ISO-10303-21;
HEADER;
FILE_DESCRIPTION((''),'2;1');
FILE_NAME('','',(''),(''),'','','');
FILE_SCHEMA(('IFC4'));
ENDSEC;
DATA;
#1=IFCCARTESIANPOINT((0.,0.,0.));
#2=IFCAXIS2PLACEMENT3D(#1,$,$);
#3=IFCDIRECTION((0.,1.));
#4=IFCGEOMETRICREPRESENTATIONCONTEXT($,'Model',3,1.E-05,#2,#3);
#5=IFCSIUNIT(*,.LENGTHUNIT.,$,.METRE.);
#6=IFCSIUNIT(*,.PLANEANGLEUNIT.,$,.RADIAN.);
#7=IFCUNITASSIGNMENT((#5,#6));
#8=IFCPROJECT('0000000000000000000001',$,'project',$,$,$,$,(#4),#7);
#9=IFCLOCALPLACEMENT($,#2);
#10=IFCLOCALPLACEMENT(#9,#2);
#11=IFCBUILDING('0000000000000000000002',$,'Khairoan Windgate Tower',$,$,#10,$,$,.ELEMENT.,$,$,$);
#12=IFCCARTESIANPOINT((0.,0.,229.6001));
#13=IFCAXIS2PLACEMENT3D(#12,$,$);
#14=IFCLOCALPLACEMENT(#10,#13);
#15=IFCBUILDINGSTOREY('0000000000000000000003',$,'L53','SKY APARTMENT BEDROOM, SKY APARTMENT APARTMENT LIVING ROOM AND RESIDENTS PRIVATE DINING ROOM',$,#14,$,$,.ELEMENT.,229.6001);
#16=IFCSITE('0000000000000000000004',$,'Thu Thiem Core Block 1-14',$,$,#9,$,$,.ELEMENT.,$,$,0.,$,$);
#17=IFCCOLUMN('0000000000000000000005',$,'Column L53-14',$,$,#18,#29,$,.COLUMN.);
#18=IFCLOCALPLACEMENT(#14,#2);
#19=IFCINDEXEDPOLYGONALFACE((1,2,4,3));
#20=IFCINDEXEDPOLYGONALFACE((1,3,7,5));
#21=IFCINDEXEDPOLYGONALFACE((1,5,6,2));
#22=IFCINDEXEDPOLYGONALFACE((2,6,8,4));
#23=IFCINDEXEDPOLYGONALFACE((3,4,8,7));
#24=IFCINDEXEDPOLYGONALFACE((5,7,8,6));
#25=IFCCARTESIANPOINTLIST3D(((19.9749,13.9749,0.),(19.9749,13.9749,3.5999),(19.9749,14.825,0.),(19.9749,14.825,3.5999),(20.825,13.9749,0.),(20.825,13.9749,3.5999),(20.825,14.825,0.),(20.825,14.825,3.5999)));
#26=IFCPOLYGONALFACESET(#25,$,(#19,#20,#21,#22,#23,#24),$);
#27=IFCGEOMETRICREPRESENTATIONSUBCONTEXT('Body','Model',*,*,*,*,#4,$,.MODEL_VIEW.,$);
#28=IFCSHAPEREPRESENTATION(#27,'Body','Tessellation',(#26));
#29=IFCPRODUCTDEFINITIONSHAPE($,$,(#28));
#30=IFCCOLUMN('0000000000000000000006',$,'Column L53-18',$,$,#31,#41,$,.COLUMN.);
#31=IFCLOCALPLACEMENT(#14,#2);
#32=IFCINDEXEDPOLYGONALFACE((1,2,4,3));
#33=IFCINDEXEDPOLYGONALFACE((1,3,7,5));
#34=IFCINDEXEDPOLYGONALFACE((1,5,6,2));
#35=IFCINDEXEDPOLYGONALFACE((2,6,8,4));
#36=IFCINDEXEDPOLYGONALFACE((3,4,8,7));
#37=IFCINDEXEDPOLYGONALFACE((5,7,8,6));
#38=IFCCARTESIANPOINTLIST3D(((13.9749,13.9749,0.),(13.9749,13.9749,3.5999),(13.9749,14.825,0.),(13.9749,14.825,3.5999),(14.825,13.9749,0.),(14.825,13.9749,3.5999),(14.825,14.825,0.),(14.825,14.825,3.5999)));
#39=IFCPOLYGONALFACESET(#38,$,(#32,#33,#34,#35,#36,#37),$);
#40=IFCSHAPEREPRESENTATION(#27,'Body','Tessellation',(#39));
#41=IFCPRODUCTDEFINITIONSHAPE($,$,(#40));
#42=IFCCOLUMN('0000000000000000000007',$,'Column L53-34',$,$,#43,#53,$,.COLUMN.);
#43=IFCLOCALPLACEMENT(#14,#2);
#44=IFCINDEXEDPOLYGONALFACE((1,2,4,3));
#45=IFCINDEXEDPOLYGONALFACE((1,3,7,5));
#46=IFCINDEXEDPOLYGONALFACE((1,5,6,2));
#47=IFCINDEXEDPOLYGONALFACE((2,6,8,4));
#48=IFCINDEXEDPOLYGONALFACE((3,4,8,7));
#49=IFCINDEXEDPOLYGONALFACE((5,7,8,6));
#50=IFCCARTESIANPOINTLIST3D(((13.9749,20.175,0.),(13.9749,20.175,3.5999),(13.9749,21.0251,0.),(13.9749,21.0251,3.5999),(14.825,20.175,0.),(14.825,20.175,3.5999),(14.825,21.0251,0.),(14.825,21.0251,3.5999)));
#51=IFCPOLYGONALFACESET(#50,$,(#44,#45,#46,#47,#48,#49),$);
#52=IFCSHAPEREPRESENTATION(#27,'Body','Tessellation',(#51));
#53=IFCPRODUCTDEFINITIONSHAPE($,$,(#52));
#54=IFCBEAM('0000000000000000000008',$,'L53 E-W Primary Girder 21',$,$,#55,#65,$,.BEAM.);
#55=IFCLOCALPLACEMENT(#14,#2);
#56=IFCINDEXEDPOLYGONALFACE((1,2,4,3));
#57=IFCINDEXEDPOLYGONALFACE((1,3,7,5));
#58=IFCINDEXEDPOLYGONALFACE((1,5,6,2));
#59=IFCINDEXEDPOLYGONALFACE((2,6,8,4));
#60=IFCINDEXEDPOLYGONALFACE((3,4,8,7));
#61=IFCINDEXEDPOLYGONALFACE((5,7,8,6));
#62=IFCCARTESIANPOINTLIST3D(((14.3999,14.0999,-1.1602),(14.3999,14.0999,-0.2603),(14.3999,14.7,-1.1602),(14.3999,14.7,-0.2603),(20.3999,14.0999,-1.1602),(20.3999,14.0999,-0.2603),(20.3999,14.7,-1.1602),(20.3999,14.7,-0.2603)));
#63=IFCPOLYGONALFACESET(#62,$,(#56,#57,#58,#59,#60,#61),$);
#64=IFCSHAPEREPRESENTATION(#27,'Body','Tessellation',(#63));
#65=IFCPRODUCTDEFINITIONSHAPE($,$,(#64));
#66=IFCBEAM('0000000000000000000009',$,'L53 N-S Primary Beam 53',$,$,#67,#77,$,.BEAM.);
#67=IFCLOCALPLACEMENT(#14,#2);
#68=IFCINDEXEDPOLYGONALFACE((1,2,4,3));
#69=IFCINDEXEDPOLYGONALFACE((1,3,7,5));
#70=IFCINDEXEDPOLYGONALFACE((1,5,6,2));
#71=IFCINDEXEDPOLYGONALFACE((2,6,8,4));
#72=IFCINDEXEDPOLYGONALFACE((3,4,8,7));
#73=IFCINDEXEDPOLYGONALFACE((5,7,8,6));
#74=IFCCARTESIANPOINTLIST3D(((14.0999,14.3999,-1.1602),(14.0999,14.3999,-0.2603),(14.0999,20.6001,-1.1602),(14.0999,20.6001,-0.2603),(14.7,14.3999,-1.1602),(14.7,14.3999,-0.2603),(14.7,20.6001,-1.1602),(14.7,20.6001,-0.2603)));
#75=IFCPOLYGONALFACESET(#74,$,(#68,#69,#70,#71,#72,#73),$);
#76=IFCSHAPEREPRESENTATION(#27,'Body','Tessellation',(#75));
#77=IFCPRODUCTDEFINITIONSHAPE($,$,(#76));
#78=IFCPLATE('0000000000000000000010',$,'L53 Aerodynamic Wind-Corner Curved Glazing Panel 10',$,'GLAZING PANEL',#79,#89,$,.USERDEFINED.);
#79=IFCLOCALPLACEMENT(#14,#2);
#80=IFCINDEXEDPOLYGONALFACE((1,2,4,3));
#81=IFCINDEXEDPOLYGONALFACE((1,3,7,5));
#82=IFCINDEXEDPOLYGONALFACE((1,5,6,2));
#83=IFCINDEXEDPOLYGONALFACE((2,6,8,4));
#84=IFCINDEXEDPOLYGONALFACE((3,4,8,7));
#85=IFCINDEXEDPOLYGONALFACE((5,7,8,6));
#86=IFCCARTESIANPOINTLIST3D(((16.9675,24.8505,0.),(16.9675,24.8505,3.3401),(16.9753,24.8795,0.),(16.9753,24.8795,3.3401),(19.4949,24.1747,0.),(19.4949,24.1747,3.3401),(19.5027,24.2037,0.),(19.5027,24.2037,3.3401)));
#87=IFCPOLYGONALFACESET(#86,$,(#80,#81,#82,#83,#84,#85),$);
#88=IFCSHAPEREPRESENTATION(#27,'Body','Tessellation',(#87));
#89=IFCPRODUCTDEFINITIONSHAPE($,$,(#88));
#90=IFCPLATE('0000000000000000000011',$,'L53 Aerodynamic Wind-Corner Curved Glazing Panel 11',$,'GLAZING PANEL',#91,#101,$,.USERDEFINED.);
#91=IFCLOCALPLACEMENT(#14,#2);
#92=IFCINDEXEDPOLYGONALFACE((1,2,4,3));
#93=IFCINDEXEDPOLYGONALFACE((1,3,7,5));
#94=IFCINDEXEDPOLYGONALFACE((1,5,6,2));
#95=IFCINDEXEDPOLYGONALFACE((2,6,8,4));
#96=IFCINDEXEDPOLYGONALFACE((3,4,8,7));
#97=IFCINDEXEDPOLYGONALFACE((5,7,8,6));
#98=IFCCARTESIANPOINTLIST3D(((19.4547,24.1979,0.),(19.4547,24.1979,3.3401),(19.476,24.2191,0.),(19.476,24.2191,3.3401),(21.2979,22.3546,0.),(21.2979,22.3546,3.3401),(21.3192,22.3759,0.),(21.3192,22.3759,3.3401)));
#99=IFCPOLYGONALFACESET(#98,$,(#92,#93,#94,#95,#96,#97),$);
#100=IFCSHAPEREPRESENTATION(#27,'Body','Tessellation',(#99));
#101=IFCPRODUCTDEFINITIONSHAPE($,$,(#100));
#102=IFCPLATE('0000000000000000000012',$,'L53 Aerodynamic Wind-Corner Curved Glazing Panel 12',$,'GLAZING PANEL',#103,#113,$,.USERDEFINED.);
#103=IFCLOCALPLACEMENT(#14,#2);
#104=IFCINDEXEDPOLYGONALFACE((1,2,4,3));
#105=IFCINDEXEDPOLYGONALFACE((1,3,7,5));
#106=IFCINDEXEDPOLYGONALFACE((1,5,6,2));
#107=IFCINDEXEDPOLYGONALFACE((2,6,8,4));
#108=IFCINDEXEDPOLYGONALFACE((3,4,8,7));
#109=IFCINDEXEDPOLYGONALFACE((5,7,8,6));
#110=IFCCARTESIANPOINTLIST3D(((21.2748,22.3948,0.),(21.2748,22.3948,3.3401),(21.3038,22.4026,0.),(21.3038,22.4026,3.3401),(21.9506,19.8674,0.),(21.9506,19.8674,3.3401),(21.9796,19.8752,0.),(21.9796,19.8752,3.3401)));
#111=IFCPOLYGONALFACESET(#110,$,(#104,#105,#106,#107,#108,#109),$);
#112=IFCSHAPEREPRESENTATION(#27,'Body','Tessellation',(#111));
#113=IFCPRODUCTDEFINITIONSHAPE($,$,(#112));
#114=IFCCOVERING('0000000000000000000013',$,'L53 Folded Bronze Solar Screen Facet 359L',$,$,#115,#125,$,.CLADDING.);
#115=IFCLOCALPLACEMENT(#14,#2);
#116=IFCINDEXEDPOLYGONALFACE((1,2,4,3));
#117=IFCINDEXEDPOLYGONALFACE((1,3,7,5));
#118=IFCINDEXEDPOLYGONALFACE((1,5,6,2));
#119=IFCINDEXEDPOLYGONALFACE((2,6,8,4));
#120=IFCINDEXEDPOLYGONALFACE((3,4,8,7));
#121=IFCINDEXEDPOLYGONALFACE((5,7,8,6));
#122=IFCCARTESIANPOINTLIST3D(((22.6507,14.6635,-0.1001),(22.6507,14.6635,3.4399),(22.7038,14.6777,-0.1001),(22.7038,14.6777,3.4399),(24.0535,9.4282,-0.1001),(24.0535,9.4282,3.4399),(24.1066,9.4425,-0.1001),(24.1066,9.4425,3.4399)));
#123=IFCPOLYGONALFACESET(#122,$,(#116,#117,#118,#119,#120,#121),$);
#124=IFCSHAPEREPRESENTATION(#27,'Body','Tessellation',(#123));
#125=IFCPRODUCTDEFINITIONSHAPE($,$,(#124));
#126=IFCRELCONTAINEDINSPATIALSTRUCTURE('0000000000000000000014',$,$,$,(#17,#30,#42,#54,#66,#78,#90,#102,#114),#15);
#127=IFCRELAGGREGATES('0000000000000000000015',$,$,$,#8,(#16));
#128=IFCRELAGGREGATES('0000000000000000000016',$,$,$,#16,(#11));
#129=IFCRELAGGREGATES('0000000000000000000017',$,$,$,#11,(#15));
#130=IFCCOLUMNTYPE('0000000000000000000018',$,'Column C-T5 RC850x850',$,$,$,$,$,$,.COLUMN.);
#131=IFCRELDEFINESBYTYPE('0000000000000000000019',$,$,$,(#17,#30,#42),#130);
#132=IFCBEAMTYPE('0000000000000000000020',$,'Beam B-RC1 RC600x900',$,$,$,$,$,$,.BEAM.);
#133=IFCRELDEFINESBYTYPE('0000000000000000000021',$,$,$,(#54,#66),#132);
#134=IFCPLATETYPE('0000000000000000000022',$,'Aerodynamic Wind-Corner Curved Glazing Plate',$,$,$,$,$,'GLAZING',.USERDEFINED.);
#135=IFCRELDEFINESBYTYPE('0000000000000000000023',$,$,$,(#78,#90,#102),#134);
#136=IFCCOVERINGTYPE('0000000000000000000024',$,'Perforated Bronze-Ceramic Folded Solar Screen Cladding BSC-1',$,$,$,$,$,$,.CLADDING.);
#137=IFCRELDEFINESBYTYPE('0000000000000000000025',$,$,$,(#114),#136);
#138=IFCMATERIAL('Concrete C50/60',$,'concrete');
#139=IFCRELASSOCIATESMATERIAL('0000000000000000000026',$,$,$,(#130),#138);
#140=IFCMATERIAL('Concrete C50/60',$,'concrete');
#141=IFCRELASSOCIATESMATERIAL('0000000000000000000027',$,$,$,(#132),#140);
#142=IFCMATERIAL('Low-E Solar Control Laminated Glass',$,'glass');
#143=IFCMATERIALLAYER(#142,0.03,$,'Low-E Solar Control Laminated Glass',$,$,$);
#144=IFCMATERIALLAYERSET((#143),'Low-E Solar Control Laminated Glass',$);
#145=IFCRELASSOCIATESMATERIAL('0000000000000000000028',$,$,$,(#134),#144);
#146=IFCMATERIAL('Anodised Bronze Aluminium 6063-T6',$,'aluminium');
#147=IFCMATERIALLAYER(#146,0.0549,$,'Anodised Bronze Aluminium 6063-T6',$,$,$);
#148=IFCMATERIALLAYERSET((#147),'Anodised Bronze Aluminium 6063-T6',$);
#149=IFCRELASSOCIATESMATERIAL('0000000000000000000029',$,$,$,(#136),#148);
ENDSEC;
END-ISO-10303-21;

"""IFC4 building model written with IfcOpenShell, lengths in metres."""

from ifc_helpers import new_model, si_unit, direction, frame, origin, origin_2d, place, context, subcontext, project, spatial, rectangle, extrude, material, layer, layer_set, material_profile, profile_set, type_object, element, save


model = new_model("IFC4")

# Units and contexts
model_context = context("Model", 3, precision=1e-05, world=origin(), true_north=direction((0.0, 1.0)))
body_context = subcontext(model_context, "Body", "Model", "MODEL_VIEW")
ifc_project = project(units=[si_unit("LENGTHUNIT", "METRE"), si_unit("PLANEANGLEUNIT", "RADIAN")], contexts=[model_context])

# Site, building, storey
site_placement = place(None, origin())
site = spatial("IfcSite", under=ifc_project, at=site_placement, Name="Thu Thiem Core Block 1-14", CompositionType="ELEMENT", RefElevation=0.0)
building_placement = place(site_placement, origin())
building = spatial("IfcBuilding", under=site, at=building_placement, Name="Khairoan Windgate Tower", CompositionType="ELEMENT")
storey_placement = place(building_placement, frame((0.0, 0.0, 229.6001)))
storey = spatial("IfcBuildingStorey", under=building, at=storey_placement, Name="L53", Description="SKY APARTMENT BEDROOM, SKY APARTMENT APARTMENT LIVING ROOM AND RESIDENTS PRIVATE DINING ROOM", CompositionType="ELEMENT", Elevation=229.6001)

# Columns
ifc_material_1 = material(Name="Concrete C50/60", Category="concrete")
ifc_material_profile_1 = material_profile(ifc_material_1, rectangle(XDim=0.8501, YDim=0.8501, at=origin_2d()))
ifc_profile_set_1 = profile_set([ifc_material_profile_1], Name="Concrete C50/60")
column_type = type_object("IfcColumnType", Name="Column C-T5 RC850x850", PredefinedType="COLUMN", material=ifc_profile_set_1)
for number, where, z_axis, x_axis, name in (
    (1, (20.3999, 14.3999, 0.0), (0.0, 0.0, 1.0), (1.0, 0.0, 0.0), "Column L53-14"),
    (2, (14.3999, 14.3999, 0.0), (0.0, 0.0, 1.0), (1.0, 0.0, 0.0), "Column L53-18"),
    (3, (14.3999, 20.6001, 0.0), (0.0, 0.0, 1.0), (1.0, 0.0, 0.0), "Column L53-34"),
):
    element("IfcColumn", number, at=place(storey_placement, frame(where, z_axis=z_axis, x_axis=x_axis)), inside=storey, type_object=column_type, Name=name, PredefinedType="COLUMN", context=body_context, shape_type="SweptSolid", body=[
        extrude(rectangle(XDim=0.8501, YDim=0.8501, at=origin_2d()), origin(), (0.0, 0.0, 1.0), 3.5999),
    ])

# Beams
ifc_material_2 = material(Name="Concrete C50/60", Category="concrete")
ifc_material_profile_2 = material_profile(ifc_material_2, rectangle(XDim=0.6001, YDim=0.8999, at=origin_2d()))
ifc_profile_set_2 = profile_set([ifc_material_profile_2], Name="Concrete C50/60")
beam_type = type_object("IfcBeamType", Name="Beam B-RC1 RC600x900", PredefinedType="BEAM", material=ifc_profile_set_2)
beam_1_placement = place(storey_placement, frame((14.3999, 14.3999, -0.7102), z_axis=(1.0, 0.0, 0.0), x_axis=(0.0, 1.0, 0.0)))
element("IfcBeam", 4, at=beam_1_placement, inside=storey, type_object=beam_type, Name="L53 E-W Primary Girder 21", PredefinedType="BEAM", context=body_context, shape_type="SweptSolid", body=[
    extrude(rectangle(XDim=0.6001, YDim=0.8999, at=origin_2d()), origin(), (0.0, 0.0, 1.0), 6.0),
])
beam_2_placement = place(storey_placement, frame((14.3999, 14.3999, -0.7102), z_axis=(0.0, 1.0, 0.0), x_axis=(-1.0, 0.0, 0.0)))
element("IfcBeam", 5, at=beam_2_placement, inside=storey, type_object=beam_type, Name="L53 N-S Primary Beam 53", PredefinedType="BEAM", context=body_context, shape_type="SweptSolid", body=[
    extrude(rectangle(XDim=0.6001, YDim=0.8999, at=origin_2d()), origin(), (0.0, 0.0, 1.0), 6.2002),
])

# Plates
ifc_material_3 = material(Name="Low-E Solar Control Laminated Glass", Category="glass")
ifc_layer_1 = layer(ifc_material_3, 0.03, Name="Low-E Solar Control Laminated Glass")
ifc_layer_set_1 = layer_set([ifc_layer_1], Name="Low-E Solar Control Laminated Glass")
plate_type_1 = type_object("IfcPlateType", Name="Aerodynamic Wind-Corner Curved Glazing Plate", ElementType="GLAZING", PredefinedType="USERDEFINED", material=ifc_layer_set_1)
plate_1_placement = place(storey_placement, frame((18.2351, 24.5271, 0.0), z_axis=(0.0, 0.0, 1.0), x_axis=(0.966061, -0.258313, 0.0)))
element("IfcPlate", 6, at=plate_1_placement, inside=storey, type_object=plate_type_1, Name="L53 Aerodynamic Wind-Corner Curved Glazing Panel 10", ObjectType="GLAZING PANEL", PredefinedType="USERDEFINED", context=body_context, shape_type="SweptSolid", body=[
    extrude(rectangle(XDim=2.6162, YDim=0.03, at=origin_2d()), origin(), (0.0, 0.0, 1.0), 3.3401),
])
plate_2_placement = place(storey_placement, frame((20.387, 23.2869, 0.0), z_axis=(0.0, 0.0, 1.0), x_axis=(0.707107, -0.707107, 0.0)))
element("IfcPlate", 7, at=plate_2_placement, inside=storey, type_object=plate_type_1, Name="L53 Aerodynamic Wind-Corner Curved Glazing Panel 11", ObjectType="GLAZING PANEL", PredefinedType="USERDEFINED", context=body_context, shape_type="SweptSolid", body=[
    extrude(rectangle(XDim=2.6067, YDim=0.03, at=origin_2d()), origin(), (0.0, 0.0, 1.0), 3.3401),
])
plate_3_placement = place(storey_placement, frame((21.6272, 21.135, 0.0), z_axis=(0.0, 0.0, 1.0), x_axis=(0.258313, -0.966061, 0.0)))
element("IfcPlate", 8, at=plate_3_placement, inside=storey, type_object=plate_type_1, Name="L53 Aerodynamic Wind-Corner Curved Glazing Panel 12", ObjectType="GLAZING PANEL", PredefinedType="USERDEFINED", context=body_context, shape_type="SweptSolid", body=[
    extrude(rectangle(XDim=2.6162, YDim=0.03, at=origin_2d()), origin(), (0.0, 0.0, 1.0), 3.3401),
])

# Covering
ifc_material_4 = material(Name="Anodised Bronze Aluminium 6063-T6", Category="aluminium")
ifc_layer_2 = layer(ifc_material_4, 0.0549, Name="Anodised Bronze Aluminium 6063-T6")
ifc_layer_set_2 = layer_set([ifc_layer_2], Name="Anodised Bronze Aluminium 6063-T6")
covering_type = type_object("IfcCoveringType", Name="Perforated Bronze-Ceramic Folded Solar Screen Cladding BSC-1", PredefinedType="CLADDING", material=ifc_layer_set_2)
covering_placement = place(storey_placement, frame((23.3787, 12.053, -0.1001), z_axis=(0.0, 0.0, 1.0), x_axis=(0.258819, -0.965926, 0.0)))
element("IfcCovering", 9, at=covering_placement, inside=storey, type_object=covering_type, Name="L53 Folded Bronze Solar Screen Facet 359L", PredefinedType="CLADDING", context=body_context, shape_type="SweptSolid", body=[
    extrude(rectangle(XDim=5.4199, YDim=0.0549, at=origin_2d()), origin(), (0.0, 0.0, 1.0), 3.54),
])

save(model, "model.ifc")
